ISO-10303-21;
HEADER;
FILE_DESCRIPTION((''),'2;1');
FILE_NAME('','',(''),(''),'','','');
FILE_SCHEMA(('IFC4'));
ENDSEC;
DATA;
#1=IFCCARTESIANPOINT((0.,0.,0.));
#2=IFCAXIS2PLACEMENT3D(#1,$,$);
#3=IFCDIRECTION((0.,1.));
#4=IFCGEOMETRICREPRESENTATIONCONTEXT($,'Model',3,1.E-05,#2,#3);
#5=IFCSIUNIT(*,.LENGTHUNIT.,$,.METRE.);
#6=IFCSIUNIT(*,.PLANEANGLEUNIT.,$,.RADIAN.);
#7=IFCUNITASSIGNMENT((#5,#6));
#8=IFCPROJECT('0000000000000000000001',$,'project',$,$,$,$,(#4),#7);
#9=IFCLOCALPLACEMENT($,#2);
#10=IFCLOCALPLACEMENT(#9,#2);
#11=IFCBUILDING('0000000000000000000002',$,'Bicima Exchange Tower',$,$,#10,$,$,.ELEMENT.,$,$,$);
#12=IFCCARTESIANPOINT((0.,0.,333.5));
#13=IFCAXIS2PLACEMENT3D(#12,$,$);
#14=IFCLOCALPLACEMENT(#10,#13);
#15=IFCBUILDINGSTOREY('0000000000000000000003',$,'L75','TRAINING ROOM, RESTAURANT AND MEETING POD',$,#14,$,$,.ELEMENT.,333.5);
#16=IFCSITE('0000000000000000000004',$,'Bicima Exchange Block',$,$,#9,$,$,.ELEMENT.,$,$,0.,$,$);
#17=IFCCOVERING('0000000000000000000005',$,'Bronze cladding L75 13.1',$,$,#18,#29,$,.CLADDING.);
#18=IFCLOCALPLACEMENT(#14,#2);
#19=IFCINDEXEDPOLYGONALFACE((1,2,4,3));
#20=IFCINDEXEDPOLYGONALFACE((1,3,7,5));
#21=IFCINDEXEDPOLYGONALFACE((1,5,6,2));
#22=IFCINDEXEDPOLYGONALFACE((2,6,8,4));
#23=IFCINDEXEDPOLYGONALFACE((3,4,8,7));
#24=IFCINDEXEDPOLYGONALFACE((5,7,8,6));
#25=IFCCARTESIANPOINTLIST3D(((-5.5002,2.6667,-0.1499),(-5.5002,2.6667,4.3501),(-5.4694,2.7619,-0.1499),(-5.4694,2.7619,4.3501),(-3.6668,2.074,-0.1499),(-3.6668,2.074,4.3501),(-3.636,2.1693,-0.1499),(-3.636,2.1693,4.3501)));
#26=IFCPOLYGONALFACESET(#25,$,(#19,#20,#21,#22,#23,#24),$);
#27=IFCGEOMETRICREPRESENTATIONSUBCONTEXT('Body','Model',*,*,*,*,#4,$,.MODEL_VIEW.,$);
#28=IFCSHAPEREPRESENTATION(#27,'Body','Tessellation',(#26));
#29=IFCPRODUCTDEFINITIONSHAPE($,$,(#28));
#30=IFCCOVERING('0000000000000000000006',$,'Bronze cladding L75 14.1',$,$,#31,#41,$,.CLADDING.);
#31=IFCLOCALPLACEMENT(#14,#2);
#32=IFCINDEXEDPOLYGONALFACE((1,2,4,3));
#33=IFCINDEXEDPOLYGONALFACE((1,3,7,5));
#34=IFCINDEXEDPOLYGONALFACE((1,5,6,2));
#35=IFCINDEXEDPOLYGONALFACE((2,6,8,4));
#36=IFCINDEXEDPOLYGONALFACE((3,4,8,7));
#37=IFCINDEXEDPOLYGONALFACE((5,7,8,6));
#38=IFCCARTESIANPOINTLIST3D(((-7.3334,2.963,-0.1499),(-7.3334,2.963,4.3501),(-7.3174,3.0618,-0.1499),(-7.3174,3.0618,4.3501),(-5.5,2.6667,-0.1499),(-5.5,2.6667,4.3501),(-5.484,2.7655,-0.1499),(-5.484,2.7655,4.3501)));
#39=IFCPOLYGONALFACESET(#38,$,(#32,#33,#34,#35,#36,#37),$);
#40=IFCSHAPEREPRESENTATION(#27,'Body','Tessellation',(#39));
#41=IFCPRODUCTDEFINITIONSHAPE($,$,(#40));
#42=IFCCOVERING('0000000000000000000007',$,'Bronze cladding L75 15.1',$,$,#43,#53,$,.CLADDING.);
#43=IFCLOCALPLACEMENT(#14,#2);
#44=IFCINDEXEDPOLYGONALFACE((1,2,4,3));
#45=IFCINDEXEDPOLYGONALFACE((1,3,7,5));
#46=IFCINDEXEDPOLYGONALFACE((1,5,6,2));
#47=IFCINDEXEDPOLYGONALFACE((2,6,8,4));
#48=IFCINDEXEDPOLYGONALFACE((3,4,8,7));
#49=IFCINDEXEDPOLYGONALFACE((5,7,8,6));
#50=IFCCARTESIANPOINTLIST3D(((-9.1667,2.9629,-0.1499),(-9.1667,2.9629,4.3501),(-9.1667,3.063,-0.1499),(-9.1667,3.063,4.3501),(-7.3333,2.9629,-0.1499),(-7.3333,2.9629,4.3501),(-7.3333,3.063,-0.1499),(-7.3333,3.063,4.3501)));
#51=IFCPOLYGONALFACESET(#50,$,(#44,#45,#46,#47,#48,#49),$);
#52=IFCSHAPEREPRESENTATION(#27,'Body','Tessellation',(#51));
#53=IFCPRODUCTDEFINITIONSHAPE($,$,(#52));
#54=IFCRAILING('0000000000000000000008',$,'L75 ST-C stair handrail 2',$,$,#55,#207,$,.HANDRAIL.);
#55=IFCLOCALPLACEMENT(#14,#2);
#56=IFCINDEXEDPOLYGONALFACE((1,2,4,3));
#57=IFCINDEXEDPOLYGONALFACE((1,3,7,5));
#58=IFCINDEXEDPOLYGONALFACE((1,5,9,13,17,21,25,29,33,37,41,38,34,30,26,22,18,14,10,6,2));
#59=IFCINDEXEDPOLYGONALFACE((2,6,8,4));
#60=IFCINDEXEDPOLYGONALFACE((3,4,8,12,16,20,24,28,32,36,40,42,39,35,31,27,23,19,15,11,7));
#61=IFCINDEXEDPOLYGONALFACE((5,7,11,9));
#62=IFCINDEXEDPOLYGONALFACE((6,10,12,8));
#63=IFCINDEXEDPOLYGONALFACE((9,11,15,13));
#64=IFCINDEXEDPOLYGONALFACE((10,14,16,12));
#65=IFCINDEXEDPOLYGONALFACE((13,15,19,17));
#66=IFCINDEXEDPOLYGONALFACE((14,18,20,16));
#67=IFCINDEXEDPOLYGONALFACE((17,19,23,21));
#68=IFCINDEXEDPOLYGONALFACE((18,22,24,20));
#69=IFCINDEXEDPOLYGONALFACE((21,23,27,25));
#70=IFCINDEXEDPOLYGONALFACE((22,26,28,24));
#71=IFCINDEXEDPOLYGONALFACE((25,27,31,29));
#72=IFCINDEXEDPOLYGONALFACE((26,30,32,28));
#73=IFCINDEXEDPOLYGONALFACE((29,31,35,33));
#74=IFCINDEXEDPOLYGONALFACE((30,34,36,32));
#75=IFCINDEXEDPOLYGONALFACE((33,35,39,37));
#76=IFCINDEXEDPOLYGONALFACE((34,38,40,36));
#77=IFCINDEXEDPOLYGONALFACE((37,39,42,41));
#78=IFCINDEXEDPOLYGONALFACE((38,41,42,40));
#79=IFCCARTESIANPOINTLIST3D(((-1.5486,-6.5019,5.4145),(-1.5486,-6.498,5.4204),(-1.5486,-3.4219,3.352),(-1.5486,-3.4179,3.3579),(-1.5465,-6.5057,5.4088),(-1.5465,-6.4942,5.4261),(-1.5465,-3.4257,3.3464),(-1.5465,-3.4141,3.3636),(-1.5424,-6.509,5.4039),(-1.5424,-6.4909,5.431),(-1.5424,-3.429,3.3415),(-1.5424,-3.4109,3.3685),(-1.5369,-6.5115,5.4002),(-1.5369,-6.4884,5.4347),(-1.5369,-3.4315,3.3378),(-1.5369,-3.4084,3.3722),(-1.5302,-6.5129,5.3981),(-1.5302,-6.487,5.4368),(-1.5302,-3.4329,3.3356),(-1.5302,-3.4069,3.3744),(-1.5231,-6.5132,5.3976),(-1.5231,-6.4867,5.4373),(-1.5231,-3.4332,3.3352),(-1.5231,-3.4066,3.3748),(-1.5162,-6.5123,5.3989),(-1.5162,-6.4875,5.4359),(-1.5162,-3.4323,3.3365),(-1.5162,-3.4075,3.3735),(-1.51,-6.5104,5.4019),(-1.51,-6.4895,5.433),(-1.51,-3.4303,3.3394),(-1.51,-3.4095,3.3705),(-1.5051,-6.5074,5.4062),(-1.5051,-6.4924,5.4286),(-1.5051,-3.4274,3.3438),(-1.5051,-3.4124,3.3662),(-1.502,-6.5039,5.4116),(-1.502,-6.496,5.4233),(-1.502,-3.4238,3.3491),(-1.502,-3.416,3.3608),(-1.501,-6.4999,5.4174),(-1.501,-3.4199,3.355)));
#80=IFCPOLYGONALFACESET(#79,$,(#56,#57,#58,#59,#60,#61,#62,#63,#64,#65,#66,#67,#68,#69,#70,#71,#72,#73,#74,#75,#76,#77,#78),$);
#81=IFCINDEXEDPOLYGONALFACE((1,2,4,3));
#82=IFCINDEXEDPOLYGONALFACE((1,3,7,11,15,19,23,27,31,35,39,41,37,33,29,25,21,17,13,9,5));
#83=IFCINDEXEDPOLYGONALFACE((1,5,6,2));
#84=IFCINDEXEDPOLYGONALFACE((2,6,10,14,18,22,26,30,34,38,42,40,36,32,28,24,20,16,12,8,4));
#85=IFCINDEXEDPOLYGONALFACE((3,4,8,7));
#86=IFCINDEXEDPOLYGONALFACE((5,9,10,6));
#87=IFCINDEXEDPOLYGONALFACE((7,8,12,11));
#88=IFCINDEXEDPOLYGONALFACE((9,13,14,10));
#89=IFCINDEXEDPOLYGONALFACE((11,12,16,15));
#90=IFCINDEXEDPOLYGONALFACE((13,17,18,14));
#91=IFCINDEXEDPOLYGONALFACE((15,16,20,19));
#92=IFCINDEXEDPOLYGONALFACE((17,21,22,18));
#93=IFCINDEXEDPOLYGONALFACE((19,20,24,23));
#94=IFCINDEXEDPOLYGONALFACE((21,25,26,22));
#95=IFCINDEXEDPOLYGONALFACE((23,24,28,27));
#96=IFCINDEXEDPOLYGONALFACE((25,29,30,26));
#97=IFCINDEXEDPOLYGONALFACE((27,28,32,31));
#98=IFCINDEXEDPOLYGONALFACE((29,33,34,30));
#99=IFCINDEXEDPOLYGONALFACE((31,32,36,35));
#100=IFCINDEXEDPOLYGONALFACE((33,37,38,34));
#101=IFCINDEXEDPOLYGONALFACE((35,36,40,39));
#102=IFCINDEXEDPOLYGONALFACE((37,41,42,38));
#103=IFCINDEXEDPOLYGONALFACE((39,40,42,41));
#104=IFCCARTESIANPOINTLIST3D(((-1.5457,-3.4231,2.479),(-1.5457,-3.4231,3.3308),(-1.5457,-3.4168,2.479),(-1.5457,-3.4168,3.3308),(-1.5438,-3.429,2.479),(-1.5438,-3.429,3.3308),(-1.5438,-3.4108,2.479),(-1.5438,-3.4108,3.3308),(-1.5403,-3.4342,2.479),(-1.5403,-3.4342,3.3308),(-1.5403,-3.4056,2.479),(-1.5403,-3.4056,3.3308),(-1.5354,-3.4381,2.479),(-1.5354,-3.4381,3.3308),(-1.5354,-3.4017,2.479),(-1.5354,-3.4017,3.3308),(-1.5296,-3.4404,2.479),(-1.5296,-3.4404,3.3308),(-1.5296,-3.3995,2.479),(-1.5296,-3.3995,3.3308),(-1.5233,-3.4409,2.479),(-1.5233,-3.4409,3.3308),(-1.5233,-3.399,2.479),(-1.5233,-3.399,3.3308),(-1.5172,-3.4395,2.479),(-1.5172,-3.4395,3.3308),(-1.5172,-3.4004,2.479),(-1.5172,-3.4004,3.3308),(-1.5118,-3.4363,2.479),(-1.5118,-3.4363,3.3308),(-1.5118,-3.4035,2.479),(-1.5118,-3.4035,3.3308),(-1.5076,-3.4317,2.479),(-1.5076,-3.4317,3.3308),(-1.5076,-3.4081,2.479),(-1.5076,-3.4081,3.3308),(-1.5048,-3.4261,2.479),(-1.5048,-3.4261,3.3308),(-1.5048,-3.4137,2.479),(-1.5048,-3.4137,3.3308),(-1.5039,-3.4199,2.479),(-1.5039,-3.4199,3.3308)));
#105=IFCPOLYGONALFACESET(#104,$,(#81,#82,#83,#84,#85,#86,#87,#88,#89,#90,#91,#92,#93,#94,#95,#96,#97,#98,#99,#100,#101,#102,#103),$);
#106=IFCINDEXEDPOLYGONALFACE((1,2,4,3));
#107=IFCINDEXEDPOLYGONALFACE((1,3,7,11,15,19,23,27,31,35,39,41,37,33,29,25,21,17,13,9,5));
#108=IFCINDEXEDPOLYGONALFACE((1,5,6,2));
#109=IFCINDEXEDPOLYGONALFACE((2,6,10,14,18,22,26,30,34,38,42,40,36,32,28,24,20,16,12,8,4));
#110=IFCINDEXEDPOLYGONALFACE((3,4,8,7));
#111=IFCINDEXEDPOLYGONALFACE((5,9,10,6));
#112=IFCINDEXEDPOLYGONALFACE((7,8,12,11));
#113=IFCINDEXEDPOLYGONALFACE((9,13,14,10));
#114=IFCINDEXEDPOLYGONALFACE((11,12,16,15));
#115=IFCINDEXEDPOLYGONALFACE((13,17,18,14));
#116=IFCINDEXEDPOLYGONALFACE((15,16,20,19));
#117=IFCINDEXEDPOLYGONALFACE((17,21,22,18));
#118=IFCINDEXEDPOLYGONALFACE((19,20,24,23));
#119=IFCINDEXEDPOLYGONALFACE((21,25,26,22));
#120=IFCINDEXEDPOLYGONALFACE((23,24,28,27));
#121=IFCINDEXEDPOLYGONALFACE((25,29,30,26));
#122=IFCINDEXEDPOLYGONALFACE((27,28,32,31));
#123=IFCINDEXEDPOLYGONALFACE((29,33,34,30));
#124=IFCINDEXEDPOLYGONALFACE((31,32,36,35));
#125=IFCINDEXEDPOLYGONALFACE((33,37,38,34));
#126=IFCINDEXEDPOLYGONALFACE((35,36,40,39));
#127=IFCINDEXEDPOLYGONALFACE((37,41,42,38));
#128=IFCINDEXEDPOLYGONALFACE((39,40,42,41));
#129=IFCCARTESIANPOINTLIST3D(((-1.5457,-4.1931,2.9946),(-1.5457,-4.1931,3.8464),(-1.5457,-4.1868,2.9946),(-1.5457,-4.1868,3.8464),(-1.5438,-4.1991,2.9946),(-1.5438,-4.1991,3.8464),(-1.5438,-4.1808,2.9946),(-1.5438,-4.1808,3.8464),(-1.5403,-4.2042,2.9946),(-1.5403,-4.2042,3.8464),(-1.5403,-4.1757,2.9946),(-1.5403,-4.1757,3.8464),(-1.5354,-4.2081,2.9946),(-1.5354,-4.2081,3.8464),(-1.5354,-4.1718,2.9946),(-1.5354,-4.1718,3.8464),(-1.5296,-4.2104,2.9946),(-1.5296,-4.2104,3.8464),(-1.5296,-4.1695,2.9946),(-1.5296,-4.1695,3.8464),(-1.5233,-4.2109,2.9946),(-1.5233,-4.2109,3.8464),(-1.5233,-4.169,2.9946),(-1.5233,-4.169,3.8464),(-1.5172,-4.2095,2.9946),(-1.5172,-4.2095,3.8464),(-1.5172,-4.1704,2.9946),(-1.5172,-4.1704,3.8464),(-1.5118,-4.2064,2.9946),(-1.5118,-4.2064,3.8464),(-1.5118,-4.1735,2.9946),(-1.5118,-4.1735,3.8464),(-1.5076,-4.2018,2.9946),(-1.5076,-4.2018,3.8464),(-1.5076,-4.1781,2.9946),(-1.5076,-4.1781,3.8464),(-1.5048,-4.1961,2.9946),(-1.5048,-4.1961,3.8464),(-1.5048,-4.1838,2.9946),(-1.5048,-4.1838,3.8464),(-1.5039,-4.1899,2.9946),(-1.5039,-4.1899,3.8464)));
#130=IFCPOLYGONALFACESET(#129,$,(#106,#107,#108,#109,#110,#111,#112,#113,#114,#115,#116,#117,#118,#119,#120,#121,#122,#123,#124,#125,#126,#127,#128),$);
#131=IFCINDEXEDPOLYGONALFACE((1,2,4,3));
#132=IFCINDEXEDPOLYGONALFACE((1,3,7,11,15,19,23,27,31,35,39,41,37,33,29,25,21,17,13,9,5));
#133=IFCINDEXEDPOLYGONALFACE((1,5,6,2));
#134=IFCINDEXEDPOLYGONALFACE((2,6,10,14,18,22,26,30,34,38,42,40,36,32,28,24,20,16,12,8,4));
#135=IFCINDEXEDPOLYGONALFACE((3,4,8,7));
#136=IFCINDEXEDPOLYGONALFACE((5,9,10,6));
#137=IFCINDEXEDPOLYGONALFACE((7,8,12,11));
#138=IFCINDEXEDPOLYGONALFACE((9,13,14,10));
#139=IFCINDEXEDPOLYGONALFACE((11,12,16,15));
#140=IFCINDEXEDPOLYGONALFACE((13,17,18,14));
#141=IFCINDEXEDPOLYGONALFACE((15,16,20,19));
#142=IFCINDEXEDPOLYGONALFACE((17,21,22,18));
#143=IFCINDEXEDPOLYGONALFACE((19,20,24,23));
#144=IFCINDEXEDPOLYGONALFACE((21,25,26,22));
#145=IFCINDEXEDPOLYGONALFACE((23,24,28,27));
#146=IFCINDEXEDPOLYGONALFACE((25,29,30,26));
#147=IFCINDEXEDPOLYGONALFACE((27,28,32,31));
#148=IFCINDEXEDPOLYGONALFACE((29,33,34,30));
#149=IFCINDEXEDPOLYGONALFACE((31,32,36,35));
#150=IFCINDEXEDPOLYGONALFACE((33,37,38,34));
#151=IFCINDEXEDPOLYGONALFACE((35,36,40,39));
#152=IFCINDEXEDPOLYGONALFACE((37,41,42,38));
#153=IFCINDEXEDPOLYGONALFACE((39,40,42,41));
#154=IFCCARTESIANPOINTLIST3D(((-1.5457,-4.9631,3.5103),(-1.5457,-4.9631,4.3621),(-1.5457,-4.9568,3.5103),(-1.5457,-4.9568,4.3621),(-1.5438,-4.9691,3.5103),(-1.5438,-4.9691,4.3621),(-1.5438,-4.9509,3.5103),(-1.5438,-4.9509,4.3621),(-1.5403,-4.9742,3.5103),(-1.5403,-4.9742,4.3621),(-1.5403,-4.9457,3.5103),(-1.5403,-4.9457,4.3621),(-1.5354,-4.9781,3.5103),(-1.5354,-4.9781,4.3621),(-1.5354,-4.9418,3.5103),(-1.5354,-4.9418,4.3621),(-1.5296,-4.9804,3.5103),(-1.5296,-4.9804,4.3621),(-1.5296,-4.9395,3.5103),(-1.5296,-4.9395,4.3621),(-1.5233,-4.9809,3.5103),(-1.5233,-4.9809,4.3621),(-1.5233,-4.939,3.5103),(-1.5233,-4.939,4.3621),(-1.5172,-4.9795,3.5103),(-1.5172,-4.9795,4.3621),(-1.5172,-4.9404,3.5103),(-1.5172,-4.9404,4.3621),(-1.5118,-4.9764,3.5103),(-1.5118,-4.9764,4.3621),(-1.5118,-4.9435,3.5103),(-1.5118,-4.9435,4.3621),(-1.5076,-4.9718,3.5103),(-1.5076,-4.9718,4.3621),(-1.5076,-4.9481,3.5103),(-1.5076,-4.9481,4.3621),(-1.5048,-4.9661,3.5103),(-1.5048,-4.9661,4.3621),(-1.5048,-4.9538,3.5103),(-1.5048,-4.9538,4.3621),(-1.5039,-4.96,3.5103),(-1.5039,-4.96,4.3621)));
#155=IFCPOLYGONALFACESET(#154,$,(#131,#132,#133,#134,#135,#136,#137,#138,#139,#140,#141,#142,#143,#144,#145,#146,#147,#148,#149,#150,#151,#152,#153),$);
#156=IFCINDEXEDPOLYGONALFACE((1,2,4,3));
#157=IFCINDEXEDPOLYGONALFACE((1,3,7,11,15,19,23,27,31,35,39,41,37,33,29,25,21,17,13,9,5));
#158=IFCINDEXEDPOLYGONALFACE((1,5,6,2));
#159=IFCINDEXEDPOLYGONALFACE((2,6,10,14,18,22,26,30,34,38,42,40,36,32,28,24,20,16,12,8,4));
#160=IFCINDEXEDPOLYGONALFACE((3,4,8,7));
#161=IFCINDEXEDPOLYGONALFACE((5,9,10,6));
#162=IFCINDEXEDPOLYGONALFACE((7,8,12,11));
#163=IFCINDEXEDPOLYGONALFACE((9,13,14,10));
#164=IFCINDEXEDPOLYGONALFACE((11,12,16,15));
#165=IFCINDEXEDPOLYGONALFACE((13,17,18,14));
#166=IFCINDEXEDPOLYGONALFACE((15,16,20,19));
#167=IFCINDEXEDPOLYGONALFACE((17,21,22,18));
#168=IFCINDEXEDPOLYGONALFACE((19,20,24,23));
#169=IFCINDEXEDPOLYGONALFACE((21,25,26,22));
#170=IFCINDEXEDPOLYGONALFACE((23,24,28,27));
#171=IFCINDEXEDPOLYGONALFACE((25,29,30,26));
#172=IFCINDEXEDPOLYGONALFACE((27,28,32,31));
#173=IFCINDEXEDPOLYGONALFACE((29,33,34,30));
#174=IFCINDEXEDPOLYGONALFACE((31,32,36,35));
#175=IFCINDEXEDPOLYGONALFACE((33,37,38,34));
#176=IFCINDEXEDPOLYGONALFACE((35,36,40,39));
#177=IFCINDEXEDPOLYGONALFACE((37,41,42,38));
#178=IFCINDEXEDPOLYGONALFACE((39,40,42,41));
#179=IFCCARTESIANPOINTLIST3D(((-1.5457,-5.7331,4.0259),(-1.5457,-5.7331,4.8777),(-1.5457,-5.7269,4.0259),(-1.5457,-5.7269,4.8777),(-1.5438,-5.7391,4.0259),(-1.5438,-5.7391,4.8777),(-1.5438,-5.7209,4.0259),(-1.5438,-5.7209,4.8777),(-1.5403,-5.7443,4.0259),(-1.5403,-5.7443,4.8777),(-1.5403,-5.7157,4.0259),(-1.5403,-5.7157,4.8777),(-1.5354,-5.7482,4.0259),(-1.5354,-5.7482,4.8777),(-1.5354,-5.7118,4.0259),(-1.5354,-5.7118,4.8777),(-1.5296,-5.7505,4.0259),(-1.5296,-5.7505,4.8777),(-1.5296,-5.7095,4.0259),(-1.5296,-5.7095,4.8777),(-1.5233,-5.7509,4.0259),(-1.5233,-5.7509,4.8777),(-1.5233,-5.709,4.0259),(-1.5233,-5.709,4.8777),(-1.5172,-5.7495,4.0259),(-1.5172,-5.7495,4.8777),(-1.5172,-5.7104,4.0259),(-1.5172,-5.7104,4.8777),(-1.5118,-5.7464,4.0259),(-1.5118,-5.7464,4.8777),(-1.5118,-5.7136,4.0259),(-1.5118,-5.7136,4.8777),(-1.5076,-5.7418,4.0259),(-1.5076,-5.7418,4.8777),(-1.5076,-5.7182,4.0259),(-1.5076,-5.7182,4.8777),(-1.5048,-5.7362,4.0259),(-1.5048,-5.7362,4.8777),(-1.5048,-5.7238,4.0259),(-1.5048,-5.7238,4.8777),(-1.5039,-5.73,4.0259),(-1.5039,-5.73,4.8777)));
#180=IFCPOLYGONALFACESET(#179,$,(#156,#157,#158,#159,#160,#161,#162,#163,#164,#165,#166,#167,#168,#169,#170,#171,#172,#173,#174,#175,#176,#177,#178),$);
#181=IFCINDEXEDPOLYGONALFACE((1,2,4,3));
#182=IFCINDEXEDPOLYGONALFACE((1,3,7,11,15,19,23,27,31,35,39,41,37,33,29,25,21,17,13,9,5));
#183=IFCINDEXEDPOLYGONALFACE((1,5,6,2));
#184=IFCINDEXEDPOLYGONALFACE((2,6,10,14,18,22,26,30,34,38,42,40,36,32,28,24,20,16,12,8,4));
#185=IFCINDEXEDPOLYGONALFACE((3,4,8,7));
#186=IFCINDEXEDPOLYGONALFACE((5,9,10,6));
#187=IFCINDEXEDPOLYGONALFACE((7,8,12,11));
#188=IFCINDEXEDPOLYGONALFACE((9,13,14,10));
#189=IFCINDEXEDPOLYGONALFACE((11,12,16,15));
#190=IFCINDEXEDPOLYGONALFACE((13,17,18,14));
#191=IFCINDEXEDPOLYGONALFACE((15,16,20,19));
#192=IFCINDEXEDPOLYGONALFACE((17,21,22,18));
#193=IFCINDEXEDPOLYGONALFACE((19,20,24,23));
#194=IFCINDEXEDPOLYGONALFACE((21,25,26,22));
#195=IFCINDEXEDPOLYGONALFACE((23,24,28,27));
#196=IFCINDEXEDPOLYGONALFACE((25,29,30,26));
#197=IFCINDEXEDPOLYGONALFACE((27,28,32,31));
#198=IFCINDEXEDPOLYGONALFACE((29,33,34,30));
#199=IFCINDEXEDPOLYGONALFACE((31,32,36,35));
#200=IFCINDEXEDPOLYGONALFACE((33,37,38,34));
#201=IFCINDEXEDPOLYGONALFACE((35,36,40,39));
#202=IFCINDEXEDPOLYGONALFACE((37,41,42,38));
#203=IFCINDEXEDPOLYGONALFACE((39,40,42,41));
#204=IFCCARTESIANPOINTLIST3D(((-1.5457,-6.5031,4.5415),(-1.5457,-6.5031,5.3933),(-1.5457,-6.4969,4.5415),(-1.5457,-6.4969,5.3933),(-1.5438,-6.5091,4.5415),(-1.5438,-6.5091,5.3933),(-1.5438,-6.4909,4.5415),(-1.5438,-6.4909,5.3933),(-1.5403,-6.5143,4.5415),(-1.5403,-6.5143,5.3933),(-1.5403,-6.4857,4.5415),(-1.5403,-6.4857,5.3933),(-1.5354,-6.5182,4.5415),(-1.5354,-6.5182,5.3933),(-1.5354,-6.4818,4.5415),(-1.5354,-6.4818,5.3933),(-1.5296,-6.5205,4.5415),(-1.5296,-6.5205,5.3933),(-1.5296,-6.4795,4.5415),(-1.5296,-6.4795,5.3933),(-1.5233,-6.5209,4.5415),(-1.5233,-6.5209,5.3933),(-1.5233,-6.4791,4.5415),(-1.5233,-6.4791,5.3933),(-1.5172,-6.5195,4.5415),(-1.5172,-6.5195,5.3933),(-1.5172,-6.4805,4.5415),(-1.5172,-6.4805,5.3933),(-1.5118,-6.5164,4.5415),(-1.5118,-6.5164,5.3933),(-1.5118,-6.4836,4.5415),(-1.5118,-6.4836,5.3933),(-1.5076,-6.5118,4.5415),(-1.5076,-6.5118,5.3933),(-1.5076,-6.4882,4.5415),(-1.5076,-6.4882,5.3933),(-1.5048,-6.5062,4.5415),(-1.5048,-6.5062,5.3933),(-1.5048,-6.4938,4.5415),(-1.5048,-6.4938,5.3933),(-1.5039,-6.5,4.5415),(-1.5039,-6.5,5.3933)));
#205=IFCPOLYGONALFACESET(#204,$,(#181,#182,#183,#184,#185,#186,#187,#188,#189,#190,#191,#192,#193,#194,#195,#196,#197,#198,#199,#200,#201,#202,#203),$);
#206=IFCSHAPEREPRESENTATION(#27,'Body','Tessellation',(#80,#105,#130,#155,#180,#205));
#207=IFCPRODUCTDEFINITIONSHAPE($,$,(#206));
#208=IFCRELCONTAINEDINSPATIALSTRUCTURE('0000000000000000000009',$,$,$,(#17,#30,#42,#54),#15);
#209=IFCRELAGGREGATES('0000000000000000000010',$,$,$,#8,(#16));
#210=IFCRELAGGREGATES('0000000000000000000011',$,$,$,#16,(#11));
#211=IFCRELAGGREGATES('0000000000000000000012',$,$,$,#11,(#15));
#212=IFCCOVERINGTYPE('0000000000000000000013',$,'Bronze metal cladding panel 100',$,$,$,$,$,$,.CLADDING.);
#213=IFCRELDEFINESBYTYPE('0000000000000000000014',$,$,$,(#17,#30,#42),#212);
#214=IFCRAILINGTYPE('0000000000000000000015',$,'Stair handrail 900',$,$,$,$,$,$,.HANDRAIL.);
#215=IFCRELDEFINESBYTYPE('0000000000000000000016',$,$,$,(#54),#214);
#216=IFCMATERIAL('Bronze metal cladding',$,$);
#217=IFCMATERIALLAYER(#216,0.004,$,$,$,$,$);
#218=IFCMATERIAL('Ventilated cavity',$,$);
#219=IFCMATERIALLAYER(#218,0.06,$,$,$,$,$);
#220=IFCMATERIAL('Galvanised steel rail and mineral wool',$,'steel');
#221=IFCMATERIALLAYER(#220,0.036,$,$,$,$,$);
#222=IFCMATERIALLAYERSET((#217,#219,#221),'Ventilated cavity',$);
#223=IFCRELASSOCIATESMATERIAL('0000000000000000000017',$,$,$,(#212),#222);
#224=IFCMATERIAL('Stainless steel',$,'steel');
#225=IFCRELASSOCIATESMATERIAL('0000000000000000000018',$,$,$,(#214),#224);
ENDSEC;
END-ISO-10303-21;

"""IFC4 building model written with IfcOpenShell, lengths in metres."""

from ifc_helpers import new_model, si_unit, direction, frame, origin, origin_2d, place, context, subcontext, project, spatial, rectangle, circle, extrude, material, layer, layer_set, type_object, element, save


model = new_model("IFC4")

# Units and contexts
model_context = context("Model", 3, precision=1e-05, world=origin(), true_north=direction((0.0, 1.0)))
body_context = subcontext(model_context, "Body", "Model", "MODEL_VIEW")
ifc_project = project(units=[si_unit("LENGTHUNIT", "METRE"), si_unit("PLANEANGLEUNIT", "RADIAN")], contexts=[model_context])

# Site, building, storey
site_placement = place(None, origin())
site = spatial("IfcSite", under=ifc_project, at=site_placement, Name="Bicima Exchange Block", CompositionType="ELEMENT", RefElevation=0.0)
building_placement = place(site_placement, origin())
building = spatial("IfcBuilding", under=site, at=building_placement, Name="Bicima Exchange Tower", CompositionType="ELEMENT")
storey_placement = place(building_placement, frame((0.0, 0.0, 333.5)))
storey = spatial("IfcBuildingStorey", under=building, at=storey_placement, Name="L75", Description="TRAINING ROOM, RESTAURANT AND MEETING POD", CompositionType="ELEMENT", Elevation=333.5)

# Coverings
ifc_material_1 = material(Name="Bronze metal cladding")
ifc_layer_1 = layer(ifc_material_1, 0.004)
ifc_material_2 = material(Name="Ventilated cavity")
ifc_layer_2 = layer(ifc_material_2, 0.06)
ifc_material_3 = material(Name="Galvanised steel rail and mineral wool", Category="steel")
ifc_layer_3 = layer(ifc_material_3, 0.036)
ifc_layer_set_1 = layer_set([ifc_layer_1, ifc_layer_2, ifc_layer_3], Name="Ventilated cavity")
covering_type = type_object("IfcCoveringType", Name="Bronze metal cladding panel 100", PredefinedType="CLADDING", material=ifc_layer_set_1)
covering_1_placement = place(storey_placement, frame((-4.5681, 2.418, -0.1499), z_axis=(0.0, 0.0, 1.0), x_axis=(-0.951525, 0.307573, 0.0)))
element("IfcCovering", 1, at=covering_1_placement, inside=storey, type_object=covering_type, Name="Bronze cladding L75 13.1", PredefinedType="CLADDING", context=body_context, shape_type="SweptSolid", body=[
    extrude(rectangle(XDim=1.9268, YDim=0.1001, at=origin_2d()), origin(), (0.0, 0.0, 1.0), 4.5),
])
covering_2_placement = place(storey_placement, frame((-6.4087, 2.8643, -0.1499), z_axis=(0.0, 0.0, 1.0), x_axis=(-0.98719, 0.15955, 0.0)))
element("IfcCovering", 2, at=covering_2_placement, inside=storey, type_object=covering_type, Name="Bronze cladding L75 14.1", PredefinedType="CLADDING", context=body_context, shape_type="SweptSolid", body=[
    extrude(rectangle(XDim=1.8572, YDim=0.1001, at=origin_2d()), origin(), (0.0, 0.0, 1.0), 4.5),
])
covering_3_placement = place(storey_placement, frame((-8.25, 3.0129, -0.1499), z_axis=(0.0, 0.0, 1.0), x_axis=(-1.0, 0.0, 0.0)))
element("IfcCovering", 3, at=covering_3_placement, inside=storey, type_object=covering_type, Name="Bronze cladding L75 15.1", PredefinedType="CLADDING", context=body_context, shape_type="SweptSolid", body=[
    extrude(rectangle(XDim=1.8335, YDim=0.1001, at=origin_2d()), origin(), (0.0, 0.0, 1.0), 4.5),
])

# Railing
ifc_material_4 = material(Name="Stainless steel", Category="steel")
railing_type = type_object("IfcRailingType", Name="Stair handrail 900", PredefinedType="HANDRAIL", material=ifc_material_4)
railing_placement = place(storey_placement, frame((-1.5249, -3.4199, 2.479)))
element("IfcRailing", 4, at=railing_placement, inside=storey, type_object=railing_type, Name="L75 ST-C stair handrail 2", PredefinedType="HANDRAIL", context=body_context, shape_type="SweptSolid", body=[
    extrude(circle(Radius=0.0239, at=origin_2d()), frame((0.0, 0.0, 0.876), z_axis=(0.0, -0.830914, 0.556401), x_axis=(1.0, 0.0, 0.0)), (0.0, 0.0, 1.0), 3.7068),
    extrude(circle(Radius=0.021, at=origin_2d()), origin(), (0.0, 0.0, 1.0), 0.8518),
    extrude(circle(Radius=0.021, at=origin_2d()), frame((0.0, -0.77, 0.5156)), (0.0, 0.0, 1.0), 0.8518),
    extrude(circle(Radius=0.021, at=origin_2d()), frame((0.0, -1.54, 1.0312)), (0.0, 0.0, 1.0), 0.8518),
    extrude(circle(Radius=0.021, at=origin_2d()), frame((0.0, -2.3101, 1.5469)), (0.0, 0.0, 1.0), 0.8518),
    extrude(circle(Radius=0.021, at=origin_2d()), frame((0.0, -3.0801, 2.0625)), (0.0, 0.0, 1.0), 0.8518),
])

save(model, "model.ifc")
